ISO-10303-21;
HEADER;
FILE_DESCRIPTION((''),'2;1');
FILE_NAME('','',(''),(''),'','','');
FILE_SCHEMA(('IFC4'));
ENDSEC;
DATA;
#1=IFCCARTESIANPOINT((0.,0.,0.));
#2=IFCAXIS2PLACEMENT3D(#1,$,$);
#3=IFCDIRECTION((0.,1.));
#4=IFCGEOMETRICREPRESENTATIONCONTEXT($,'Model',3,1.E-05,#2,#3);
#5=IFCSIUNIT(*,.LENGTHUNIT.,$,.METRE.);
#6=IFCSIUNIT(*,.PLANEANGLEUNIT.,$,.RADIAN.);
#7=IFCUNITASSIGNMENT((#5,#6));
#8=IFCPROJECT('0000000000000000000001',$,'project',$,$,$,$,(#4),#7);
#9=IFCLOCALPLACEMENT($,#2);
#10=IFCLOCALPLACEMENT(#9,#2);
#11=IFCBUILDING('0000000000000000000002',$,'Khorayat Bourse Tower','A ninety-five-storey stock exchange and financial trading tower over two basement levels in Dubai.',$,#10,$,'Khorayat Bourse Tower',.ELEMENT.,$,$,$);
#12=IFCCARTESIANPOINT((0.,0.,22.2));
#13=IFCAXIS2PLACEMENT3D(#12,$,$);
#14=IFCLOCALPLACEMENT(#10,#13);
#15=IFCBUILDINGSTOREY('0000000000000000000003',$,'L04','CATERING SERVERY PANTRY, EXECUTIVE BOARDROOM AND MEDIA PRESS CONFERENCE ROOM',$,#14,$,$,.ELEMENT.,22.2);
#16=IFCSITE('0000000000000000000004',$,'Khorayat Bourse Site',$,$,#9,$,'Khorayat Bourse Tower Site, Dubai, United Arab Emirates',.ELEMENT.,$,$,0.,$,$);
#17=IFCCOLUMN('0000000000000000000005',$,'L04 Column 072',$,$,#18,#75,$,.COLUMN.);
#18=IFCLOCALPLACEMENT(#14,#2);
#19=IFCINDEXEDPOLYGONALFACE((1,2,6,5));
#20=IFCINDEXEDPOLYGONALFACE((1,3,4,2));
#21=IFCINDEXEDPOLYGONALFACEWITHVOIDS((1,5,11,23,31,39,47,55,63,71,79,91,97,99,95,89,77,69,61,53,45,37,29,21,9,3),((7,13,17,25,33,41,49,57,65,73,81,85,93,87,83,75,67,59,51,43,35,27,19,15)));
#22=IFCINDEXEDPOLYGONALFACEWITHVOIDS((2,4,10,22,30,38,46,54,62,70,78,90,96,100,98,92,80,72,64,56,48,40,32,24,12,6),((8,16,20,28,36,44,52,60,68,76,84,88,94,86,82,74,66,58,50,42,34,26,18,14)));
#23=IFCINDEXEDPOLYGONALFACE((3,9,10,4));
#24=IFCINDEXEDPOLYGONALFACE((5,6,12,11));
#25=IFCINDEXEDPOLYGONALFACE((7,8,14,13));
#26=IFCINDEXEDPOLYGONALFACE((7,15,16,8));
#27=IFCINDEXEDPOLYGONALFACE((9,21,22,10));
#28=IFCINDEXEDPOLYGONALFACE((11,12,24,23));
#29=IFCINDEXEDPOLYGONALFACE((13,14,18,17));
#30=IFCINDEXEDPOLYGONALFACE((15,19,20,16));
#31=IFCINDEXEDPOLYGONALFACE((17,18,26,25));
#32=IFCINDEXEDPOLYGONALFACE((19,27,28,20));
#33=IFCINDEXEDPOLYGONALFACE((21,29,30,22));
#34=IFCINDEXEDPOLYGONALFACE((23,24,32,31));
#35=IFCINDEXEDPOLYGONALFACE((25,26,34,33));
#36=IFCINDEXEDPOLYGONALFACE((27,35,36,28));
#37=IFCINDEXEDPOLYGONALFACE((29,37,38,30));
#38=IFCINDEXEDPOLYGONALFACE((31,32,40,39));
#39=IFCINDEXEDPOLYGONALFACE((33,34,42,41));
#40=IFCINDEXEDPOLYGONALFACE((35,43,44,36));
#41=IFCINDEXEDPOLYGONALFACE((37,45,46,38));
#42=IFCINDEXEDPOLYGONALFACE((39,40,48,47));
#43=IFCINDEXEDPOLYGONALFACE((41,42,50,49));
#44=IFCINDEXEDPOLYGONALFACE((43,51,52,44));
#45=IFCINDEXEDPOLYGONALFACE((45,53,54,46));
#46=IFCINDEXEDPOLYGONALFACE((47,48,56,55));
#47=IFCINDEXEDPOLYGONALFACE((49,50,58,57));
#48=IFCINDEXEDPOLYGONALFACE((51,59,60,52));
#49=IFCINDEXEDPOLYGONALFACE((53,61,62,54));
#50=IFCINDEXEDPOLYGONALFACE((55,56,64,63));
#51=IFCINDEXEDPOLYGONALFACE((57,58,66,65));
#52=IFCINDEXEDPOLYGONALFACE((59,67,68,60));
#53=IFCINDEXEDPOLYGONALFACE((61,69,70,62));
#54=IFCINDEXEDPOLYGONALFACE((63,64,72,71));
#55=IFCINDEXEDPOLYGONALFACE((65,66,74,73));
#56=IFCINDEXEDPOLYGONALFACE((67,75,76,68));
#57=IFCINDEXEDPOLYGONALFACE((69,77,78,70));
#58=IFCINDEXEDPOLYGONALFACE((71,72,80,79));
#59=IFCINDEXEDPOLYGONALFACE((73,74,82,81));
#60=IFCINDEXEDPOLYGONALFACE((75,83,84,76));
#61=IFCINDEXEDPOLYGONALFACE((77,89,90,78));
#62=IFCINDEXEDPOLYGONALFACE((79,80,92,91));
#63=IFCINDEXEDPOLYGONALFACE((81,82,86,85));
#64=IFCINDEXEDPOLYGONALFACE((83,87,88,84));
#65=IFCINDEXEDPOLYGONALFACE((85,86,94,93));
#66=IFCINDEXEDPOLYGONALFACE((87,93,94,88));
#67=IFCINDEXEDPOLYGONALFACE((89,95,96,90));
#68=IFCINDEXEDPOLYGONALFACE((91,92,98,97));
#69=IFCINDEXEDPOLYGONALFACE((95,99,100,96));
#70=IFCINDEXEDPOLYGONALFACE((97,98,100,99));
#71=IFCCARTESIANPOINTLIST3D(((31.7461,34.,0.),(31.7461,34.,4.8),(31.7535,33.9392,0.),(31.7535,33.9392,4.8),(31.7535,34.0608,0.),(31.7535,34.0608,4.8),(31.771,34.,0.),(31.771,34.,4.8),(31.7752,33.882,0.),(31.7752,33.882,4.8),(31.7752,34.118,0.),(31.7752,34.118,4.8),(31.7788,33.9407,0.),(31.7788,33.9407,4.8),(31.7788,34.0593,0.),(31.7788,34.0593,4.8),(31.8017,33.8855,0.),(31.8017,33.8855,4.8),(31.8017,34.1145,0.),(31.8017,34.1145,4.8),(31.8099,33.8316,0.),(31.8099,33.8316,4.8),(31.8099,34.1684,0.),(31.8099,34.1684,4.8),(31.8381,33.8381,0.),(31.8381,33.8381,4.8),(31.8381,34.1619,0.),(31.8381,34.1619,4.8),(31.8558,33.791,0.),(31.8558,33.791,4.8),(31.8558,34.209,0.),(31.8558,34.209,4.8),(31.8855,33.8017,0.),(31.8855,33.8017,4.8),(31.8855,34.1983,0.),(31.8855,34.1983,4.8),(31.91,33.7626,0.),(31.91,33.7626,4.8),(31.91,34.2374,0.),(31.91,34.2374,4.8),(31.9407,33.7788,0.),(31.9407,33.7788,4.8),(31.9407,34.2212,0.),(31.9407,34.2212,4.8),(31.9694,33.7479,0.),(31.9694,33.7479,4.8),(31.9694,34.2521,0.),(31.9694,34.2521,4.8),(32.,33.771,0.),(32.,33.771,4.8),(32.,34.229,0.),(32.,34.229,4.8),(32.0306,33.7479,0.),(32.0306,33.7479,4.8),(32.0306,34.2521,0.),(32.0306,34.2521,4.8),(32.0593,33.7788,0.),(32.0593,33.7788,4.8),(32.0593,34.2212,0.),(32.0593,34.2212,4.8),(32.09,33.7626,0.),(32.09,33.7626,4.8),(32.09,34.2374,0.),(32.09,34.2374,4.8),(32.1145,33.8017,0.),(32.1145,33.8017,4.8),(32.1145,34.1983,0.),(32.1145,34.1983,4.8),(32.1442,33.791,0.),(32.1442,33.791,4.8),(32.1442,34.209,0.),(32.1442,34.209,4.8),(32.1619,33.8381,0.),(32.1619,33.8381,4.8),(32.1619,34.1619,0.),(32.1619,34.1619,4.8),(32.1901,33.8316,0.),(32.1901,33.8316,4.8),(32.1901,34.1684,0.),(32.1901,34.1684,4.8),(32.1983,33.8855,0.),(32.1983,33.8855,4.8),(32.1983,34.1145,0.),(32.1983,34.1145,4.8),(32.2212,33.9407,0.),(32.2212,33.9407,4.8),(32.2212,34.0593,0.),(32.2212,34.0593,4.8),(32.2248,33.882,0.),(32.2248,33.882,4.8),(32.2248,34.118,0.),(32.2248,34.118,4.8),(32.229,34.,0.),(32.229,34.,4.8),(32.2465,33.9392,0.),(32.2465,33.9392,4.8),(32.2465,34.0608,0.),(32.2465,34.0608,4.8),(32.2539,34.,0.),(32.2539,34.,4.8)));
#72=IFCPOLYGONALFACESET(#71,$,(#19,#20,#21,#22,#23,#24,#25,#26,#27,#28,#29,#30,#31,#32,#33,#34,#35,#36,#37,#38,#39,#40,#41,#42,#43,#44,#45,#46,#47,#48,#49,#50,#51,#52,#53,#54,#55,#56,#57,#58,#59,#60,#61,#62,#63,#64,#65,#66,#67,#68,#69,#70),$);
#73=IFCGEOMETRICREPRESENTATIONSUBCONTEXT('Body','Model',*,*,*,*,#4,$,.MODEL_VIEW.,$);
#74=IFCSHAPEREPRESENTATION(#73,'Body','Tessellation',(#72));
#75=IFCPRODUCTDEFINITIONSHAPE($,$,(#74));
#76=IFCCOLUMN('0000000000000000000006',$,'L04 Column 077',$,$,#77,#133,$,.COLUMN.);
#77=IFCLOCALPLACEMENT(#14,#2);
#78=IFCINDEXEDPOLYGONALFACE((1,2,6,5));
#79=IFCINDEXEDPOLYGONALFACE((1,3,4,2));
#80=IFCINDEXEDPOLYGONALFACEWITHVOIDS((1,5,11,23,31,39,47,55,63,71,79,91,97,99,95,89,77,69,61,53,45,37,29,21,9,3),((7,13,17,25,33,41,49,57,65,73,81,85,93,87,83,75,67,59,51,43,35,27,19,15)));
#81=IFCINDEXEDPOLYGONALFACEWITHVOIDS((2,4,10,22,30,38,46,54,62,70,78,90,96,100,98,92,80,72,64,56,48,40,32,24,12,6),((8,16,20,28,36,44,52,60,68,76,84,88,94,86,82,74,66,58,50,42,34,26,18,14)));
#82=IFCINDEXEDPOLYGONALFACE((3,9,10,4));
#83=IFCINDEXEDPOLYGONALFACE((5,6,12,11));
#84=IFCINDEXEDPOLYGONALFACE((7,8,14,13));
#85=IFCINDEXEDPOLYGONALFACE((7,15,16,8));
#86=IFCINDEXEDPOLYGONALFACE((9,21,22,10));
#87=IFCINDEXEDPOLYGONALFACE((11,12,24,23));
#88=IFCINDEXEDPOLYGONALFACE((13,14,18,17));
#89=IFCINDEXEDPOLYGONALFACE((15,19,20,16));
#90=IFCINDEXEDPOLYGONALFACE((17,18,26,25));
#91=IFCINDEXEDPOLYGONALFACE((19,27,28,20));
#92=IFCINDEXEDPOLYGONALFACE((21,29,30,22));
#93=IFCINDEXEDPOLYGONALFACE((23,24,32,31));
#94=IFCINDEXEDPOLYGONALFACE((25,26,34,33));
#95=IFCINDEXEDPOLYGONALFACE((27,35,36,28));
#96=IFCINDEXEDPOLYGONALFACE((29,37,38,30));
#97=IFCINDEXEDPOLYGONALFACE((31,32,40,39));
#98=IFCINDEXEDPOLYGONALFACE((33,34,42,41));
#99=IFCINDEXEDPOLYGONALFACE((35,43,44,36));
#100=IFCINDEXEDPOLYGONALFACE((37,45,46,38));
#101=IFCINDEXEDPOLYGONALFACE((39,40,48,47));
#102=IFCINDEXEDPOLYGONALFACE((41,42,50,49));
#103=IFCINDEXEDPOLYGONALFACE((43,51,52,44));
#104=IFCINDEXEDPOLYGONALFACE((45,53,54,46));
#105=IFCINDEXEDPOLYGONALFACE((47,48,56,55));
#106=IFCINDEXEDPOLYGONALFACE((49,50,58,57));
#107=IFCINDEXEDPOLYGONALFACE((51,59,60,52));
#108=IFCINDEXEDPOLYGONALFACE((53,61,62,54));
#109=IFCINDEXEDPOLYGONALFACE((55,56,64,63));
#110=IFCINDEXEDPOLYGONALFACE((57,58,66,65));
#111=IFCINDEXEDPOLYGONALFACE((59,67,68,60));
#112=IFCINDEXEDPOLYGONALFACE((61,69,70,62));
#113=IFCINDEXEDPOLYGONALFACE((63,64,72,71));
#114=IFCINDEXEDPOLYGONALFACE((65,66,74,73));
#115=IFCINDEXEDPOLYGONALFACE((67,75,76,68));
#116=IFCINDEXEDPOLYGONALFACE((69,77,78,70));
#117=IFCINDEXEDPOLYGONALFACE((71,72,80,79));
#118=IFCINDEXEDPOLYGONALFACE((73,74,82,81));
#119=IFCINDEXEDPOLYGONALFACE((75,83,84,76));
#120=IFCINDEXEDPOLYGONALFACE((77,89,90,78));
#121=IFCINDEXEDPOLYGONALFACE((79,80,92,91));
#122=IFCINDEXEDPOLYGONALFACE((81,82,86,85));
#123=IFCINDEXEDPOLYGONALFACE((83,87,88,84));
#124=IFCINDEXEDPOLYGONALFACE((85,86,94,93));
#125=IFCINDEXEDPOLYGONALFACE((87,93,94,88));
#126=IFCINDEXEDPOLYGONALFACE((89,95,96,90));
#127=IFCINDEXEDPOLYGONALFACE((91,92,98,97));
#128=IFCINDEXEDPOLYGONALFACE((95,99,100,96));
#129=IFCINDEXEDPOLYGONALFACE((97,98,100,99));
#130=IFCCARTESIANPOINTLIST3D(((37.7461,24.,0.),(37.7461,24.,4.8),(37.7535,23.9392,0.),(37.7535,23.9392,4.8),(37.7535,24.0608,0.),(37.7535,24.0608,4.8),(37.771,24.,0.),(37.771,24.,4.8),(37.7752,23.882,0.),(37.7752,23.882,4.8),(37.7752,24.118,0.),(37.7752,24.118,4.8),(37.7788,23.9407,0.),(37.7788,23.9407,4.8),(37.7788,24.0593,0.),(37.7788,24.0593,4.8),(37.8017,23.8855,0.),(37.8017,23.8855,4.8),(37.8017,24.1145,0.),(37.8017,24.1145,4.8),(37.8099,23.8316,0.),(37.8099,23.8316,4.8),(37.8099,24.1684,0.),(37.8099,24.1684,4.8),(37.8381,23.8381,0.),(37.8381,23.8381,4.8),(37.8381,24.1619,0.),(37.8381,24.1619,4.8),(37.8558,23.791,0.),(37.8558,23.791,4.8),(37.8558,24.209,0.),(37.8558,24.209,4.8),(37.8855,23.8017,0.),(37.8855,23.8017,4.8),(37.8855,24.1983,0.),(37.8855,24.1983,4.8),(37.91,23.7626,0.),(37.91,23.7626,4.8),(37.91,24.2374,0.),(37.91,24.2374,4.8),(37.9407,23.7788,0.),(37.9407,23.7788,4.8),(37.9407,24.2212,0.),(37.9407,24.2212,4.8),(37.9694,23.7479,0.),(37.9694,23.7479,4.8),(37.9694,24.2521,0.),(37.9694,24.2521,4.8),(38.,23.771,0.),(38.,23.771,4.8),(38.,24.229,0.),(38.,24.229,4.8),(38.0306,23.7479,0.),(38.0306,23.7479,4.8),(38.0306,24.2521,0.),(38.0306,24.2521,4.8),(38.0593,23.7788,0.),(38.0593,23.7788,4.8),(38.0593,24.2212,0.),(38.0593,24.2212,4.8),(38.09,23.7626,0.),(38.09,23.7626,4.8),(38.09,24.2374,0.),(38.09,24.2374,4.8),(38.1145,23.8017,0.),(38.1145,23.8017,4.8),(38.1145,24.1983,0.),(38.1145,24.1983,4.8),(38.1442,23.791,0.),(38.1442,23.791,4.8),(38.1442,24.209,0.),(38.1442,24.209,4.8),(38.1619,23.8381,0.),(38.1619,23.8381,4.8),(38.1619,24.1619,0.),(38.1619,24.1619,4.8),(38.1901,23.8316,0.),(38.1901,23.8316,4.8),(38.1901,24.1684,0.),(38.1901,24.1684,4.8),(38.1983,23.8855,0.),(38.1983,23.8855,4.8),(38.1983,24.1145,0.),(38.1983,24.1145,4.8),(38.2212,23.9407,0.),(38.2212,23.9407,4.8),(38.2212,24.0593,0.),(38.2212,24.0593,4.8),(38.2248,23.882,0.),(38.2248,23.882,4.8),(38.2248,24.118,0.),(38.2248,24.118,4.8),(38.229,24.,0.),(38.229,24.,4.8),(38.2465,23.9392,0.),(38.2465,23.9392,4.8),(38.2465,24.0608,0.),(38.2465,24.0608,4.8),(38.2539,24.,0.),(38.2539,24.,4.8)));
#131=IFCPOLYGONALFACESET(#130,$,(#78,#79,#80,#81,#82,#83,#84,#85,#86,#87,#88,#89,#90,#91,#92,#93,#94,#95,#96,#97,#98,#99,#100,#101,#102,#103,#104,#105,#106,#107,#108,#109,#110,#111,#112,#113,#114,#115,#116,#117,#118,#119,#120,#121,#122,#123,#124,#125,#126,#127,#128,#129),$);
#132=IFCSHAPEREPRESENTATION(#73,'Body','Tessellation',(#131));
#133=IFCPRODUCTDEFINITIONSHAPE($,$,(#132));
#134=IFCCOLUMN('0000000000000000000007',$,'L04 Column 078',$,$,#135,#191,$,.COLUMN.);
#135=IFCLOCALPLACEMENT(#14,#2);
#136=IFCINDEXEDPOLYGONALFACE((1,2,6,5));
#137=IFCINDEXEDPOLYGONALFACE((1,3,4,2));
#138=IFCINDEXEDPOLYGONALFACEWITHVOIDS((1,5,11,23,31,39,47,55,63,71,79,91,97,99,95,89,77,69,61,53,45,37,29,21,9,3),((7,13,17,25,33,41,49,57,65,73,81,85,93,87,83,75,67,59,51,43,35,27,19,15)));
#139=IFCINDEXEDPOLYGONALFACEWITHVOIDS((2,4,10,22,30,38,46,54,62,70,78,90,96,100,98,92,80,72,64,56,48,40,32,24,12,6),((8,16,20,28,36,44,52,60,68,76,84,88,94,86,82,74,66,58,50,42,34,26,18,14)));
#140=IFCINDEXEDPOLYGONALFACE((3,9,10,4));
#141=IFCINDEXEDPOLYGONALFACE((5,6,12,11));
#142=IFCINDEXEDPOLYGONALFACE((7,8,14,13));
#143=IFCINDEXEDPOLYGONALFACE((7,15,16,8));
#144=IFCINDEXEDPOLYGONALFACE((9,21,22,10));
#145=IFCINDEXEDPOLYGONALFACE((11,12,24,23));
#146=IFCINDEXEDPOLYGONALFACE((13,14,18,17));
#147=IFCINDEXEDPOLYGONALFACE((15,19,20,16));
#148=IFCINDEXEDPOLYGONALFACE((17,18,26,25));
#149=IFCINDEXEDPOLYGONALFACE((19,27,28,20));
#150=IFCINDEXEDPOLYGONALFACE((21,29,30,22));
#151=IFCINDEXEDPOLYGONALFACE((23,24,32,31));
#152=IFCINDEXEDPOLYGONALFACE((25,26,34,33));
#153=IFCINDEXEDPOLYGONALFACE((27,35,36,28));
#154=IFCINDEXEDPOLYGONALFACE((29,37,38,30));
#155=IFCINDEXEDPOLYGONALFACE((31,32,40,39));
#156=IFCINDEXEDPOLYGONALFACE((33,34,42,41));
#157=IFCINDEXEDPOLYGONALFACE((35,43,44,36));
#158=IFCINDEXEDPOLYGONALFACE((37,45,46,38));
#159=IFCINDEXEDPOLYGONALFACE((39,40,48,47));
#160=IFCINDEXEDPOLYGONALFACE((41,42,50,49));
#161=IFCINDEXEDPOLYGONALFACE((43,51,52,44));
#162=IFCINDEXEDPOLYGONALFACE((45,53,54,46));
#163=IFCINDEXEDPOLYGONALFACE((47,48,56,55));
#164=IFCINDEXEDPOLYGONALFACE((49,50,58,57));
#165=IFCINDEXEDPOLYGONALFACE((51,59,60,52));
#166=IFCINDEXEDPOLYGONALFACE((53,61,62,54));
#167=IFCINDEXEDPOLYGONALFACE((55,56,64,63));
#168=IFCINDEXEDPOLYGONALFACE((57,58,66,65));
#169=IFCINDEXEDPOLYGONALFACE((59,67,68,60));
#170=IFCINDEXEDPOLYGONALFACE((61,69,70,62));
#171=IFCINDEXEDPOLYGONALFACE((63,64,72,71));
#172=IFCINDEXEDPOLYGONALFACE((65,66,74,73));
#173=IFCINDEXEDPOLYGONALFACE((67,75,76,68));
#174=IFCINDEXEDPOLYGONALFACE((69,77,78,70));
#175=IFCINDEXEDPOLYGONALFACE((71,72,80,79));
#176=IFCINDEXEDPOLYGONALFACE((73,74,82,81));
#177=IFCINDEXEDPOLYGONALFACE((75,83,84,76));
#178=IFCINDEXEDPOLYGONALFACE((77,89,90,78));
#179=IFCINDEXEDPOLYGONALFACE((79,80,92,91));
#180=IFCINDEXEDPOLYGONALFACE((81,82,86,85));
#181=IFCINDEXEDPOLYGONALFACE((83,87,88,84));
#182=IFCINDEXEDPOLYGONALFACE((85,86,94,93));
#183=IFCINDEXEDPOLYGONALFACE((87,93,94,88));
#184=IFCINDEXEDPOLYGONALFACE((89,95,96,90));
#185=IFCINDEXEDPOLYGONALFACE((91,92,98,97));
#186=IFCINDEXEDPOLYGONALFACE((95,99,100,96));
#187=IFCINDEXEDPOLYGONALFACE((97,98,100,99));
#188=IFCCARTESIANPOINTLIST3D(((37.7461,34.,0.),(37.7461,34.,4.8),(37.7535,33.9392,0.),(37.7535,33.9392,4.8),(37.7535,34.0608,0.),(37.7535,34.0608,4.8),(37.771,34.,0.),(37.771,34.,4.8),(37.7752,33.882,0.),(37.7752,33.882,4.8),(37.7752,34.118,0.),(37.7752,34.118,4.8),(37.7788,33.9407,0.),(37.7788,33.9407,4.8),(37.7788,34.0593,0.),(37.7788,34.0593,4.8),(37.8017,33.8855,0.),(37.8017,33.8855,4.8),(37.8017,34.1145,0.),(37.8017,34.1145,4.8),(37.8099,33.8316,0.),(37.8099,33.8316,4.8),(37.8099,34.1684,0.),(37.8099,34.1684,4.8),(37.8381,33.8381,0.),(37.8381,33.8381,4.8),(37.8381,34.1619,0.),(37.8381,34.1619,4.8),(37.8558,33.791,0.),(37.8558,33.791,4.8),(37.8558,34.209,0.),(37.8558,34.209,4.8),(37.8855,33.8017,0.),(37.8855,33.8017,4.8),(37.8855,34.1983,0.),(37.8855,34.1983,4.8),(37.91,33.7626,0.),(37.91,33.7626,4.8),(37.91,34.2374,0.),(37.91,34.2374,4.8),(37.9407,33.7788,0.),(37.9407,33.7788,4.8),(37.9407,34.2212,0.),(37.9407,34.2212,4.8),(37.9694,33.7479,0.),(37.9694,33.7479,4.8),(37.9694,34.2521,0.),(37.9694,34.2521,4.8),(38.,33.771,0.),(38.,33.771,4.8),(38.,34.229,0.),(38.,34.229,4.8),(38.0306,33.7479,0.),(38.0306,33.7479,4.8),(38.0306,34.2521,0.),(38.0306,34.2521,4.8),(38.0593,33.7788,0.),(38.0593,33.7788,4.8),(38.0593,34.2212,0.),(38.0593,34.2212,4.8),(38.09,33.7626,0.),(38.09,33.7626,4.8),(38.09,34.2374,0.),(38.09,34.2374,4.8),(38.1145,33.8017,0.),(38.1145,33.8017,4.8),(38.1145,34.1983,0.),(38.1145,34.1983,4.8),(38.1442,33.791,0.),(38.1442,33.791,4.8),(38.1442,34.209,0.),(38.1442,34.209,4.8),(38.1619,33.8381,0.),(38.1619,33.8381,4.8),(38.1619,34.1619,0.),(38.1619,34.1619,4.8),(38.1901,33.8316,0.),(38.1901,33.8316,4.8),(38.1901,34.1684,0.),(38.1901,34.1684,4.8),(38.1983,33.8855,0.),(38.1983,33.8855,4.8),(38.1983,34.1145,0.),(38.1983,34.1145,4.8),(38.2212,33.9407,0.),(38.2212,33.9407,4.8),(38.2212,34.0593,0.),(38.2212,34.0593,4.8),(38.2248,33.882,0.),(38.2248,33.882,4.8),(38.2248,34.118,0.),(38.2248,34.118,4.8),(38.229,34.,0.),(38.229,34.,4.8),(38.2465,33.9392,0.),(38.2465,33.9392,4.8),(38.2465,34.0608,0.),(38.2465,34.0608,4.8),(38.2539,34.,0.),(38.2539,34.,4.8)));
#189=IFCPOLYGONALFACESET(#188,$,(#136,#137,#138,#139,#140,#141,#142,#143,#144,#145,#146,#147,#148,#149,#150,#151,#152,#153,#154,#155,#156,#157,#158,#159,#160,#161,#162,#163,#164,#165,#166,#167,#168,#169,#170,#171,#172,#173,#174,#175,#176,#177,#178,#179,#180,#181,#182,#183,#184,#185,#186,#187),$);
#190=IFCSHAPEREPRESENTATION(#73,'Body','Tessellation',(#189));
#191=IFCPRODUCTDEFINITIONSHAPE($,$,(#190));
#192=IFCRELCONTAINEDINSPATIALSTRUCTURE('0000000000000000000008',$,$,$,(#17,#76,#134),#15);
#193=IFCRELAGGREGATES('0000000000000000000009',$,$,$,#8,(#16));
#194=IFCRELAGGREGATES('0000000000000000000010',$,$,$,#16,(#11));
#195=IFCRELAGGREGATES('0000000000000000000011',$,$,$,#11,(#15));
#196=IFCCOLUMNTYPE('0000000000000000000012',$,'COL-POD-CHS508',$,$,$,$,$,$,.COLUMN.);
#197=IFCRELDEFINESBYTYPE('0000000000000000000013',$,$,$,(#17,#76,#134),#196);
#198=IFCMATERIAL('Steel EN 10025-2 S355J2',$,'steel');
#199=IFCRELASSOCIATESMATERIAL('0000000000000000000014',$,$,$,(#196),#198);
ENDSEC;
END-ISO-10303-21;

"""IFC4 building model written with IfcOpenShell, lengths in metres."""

from ifc_helpers import new_model, si_unit, direction, frame, origin, origin_2d, place, context, subcontext, project, spatial, hollow_circle, extrude, source, transform, mapped, material, material_profile, profile_set, type_object, element, save


model = new_model("IFC4")

# Units and contexts
model_context = context("Model", 3, precision=1e-05, world=origin(), true_north=direction((0.0, 1.0)))
body_context = subcontext(model_context, "Body", "Model", "MODEL_VIEW")
ifc_project = project(units=[si_unit("LENGTHUNIT", "METRE"), si_unit("PLANEANGLEUNIT", "RADIAN")], contexts=[model_context])

# Site, building, storey
site_placement = place(None, origin())
site = spatial("IfcSite", under=ifc_project, at=site_placement, Name="Khorayat Bourse Site", LongName="Khorayat Bourse Tower Site, Dubai, United Arab Emirates", CompositionType="ELEMENT", RefElevation=0.0)
building_placement = place(site_placement, origin())
building = spatial("IfcBuilding", under=site, at=building_placement, Name="Khorayat Bourse Tower", Description="A ninety-five-storey stock exchange and financial trading tower over two basement levels in Dubai.", LongName="Khorayat Bourse Tower", CompositionType="ELEMENT")
storey_placement = place(building_placement, frame((0.0, 0.0, 22.2)))
storey = spatial("IfcBuildingStorey", under=building, at=storey_placement, Name="L04", Description="CATERING SERVERY PANTRY, EXECUTIVE BOARDROOM AND MEDIA PRESS CONFERENCE ROOM", CompositionType="ELEMENT", Elevation=22.2)

# Columns
ifc_material_1 = material(Name="Steel EN 10025-2 S355J2", Category="steel")
ifc_material_profile_1 = material_profile(ifc_material_1, hollow_circle(Radius=0.2539, WallThickness=0.0249, at=origin_2d()), Name="CHS 508x25")
ifc_profile_set_1 = profile_set([ifc_material_profile_1], Name="Steel EN 10025-2 S355J2")
column_type_1 = type_object("IfcColumnType", Name="COL-POD-CHS508", PredefinedType="COLUMN", material=ifc_profile_set_1)
shared_shape_1 = source(origin(), body_context, "Body", "SweptSolid", [
    extrude(hollow_circle(Radius=0.2539, WallThickness=0.0249, at=origin_2d()), origin(), (0.0, 0.0, 1.0), 4.8),
])
for number, where, z_axis, x_axis, name in (
    (1, (32.0, 34.0, 0.0), (0.0, 0.0, 1.0), (1.0, 0.0, 0.0), "L04 Column 072"),
    (2, (38.0, 24.0, 0.0), (0.0, 0.0, 1.0), (1.0, 0.0, 0.0), "L04 Column 077"),
    (3, (38.0, 34.0, 0.0), (0.0, 0.0, 1.0), (1.0, 0.0, 0.0), "L04 Column 078"),
):
    element("IfcColumn", number, at=place(storey_placement, frame(where, z_axis=z_axis, x_axis=x_axis)), inside=storey, type_object=column_type_1, Name=name, PredefinedType="COLUMN", context=body_context, shape_type="MappedRepresentation", body=[
        mapped(shared_shape_1, transform((0.0, 0.0, 0.0), scale=1.0)),
    ])

save(model, "model.ifc")
